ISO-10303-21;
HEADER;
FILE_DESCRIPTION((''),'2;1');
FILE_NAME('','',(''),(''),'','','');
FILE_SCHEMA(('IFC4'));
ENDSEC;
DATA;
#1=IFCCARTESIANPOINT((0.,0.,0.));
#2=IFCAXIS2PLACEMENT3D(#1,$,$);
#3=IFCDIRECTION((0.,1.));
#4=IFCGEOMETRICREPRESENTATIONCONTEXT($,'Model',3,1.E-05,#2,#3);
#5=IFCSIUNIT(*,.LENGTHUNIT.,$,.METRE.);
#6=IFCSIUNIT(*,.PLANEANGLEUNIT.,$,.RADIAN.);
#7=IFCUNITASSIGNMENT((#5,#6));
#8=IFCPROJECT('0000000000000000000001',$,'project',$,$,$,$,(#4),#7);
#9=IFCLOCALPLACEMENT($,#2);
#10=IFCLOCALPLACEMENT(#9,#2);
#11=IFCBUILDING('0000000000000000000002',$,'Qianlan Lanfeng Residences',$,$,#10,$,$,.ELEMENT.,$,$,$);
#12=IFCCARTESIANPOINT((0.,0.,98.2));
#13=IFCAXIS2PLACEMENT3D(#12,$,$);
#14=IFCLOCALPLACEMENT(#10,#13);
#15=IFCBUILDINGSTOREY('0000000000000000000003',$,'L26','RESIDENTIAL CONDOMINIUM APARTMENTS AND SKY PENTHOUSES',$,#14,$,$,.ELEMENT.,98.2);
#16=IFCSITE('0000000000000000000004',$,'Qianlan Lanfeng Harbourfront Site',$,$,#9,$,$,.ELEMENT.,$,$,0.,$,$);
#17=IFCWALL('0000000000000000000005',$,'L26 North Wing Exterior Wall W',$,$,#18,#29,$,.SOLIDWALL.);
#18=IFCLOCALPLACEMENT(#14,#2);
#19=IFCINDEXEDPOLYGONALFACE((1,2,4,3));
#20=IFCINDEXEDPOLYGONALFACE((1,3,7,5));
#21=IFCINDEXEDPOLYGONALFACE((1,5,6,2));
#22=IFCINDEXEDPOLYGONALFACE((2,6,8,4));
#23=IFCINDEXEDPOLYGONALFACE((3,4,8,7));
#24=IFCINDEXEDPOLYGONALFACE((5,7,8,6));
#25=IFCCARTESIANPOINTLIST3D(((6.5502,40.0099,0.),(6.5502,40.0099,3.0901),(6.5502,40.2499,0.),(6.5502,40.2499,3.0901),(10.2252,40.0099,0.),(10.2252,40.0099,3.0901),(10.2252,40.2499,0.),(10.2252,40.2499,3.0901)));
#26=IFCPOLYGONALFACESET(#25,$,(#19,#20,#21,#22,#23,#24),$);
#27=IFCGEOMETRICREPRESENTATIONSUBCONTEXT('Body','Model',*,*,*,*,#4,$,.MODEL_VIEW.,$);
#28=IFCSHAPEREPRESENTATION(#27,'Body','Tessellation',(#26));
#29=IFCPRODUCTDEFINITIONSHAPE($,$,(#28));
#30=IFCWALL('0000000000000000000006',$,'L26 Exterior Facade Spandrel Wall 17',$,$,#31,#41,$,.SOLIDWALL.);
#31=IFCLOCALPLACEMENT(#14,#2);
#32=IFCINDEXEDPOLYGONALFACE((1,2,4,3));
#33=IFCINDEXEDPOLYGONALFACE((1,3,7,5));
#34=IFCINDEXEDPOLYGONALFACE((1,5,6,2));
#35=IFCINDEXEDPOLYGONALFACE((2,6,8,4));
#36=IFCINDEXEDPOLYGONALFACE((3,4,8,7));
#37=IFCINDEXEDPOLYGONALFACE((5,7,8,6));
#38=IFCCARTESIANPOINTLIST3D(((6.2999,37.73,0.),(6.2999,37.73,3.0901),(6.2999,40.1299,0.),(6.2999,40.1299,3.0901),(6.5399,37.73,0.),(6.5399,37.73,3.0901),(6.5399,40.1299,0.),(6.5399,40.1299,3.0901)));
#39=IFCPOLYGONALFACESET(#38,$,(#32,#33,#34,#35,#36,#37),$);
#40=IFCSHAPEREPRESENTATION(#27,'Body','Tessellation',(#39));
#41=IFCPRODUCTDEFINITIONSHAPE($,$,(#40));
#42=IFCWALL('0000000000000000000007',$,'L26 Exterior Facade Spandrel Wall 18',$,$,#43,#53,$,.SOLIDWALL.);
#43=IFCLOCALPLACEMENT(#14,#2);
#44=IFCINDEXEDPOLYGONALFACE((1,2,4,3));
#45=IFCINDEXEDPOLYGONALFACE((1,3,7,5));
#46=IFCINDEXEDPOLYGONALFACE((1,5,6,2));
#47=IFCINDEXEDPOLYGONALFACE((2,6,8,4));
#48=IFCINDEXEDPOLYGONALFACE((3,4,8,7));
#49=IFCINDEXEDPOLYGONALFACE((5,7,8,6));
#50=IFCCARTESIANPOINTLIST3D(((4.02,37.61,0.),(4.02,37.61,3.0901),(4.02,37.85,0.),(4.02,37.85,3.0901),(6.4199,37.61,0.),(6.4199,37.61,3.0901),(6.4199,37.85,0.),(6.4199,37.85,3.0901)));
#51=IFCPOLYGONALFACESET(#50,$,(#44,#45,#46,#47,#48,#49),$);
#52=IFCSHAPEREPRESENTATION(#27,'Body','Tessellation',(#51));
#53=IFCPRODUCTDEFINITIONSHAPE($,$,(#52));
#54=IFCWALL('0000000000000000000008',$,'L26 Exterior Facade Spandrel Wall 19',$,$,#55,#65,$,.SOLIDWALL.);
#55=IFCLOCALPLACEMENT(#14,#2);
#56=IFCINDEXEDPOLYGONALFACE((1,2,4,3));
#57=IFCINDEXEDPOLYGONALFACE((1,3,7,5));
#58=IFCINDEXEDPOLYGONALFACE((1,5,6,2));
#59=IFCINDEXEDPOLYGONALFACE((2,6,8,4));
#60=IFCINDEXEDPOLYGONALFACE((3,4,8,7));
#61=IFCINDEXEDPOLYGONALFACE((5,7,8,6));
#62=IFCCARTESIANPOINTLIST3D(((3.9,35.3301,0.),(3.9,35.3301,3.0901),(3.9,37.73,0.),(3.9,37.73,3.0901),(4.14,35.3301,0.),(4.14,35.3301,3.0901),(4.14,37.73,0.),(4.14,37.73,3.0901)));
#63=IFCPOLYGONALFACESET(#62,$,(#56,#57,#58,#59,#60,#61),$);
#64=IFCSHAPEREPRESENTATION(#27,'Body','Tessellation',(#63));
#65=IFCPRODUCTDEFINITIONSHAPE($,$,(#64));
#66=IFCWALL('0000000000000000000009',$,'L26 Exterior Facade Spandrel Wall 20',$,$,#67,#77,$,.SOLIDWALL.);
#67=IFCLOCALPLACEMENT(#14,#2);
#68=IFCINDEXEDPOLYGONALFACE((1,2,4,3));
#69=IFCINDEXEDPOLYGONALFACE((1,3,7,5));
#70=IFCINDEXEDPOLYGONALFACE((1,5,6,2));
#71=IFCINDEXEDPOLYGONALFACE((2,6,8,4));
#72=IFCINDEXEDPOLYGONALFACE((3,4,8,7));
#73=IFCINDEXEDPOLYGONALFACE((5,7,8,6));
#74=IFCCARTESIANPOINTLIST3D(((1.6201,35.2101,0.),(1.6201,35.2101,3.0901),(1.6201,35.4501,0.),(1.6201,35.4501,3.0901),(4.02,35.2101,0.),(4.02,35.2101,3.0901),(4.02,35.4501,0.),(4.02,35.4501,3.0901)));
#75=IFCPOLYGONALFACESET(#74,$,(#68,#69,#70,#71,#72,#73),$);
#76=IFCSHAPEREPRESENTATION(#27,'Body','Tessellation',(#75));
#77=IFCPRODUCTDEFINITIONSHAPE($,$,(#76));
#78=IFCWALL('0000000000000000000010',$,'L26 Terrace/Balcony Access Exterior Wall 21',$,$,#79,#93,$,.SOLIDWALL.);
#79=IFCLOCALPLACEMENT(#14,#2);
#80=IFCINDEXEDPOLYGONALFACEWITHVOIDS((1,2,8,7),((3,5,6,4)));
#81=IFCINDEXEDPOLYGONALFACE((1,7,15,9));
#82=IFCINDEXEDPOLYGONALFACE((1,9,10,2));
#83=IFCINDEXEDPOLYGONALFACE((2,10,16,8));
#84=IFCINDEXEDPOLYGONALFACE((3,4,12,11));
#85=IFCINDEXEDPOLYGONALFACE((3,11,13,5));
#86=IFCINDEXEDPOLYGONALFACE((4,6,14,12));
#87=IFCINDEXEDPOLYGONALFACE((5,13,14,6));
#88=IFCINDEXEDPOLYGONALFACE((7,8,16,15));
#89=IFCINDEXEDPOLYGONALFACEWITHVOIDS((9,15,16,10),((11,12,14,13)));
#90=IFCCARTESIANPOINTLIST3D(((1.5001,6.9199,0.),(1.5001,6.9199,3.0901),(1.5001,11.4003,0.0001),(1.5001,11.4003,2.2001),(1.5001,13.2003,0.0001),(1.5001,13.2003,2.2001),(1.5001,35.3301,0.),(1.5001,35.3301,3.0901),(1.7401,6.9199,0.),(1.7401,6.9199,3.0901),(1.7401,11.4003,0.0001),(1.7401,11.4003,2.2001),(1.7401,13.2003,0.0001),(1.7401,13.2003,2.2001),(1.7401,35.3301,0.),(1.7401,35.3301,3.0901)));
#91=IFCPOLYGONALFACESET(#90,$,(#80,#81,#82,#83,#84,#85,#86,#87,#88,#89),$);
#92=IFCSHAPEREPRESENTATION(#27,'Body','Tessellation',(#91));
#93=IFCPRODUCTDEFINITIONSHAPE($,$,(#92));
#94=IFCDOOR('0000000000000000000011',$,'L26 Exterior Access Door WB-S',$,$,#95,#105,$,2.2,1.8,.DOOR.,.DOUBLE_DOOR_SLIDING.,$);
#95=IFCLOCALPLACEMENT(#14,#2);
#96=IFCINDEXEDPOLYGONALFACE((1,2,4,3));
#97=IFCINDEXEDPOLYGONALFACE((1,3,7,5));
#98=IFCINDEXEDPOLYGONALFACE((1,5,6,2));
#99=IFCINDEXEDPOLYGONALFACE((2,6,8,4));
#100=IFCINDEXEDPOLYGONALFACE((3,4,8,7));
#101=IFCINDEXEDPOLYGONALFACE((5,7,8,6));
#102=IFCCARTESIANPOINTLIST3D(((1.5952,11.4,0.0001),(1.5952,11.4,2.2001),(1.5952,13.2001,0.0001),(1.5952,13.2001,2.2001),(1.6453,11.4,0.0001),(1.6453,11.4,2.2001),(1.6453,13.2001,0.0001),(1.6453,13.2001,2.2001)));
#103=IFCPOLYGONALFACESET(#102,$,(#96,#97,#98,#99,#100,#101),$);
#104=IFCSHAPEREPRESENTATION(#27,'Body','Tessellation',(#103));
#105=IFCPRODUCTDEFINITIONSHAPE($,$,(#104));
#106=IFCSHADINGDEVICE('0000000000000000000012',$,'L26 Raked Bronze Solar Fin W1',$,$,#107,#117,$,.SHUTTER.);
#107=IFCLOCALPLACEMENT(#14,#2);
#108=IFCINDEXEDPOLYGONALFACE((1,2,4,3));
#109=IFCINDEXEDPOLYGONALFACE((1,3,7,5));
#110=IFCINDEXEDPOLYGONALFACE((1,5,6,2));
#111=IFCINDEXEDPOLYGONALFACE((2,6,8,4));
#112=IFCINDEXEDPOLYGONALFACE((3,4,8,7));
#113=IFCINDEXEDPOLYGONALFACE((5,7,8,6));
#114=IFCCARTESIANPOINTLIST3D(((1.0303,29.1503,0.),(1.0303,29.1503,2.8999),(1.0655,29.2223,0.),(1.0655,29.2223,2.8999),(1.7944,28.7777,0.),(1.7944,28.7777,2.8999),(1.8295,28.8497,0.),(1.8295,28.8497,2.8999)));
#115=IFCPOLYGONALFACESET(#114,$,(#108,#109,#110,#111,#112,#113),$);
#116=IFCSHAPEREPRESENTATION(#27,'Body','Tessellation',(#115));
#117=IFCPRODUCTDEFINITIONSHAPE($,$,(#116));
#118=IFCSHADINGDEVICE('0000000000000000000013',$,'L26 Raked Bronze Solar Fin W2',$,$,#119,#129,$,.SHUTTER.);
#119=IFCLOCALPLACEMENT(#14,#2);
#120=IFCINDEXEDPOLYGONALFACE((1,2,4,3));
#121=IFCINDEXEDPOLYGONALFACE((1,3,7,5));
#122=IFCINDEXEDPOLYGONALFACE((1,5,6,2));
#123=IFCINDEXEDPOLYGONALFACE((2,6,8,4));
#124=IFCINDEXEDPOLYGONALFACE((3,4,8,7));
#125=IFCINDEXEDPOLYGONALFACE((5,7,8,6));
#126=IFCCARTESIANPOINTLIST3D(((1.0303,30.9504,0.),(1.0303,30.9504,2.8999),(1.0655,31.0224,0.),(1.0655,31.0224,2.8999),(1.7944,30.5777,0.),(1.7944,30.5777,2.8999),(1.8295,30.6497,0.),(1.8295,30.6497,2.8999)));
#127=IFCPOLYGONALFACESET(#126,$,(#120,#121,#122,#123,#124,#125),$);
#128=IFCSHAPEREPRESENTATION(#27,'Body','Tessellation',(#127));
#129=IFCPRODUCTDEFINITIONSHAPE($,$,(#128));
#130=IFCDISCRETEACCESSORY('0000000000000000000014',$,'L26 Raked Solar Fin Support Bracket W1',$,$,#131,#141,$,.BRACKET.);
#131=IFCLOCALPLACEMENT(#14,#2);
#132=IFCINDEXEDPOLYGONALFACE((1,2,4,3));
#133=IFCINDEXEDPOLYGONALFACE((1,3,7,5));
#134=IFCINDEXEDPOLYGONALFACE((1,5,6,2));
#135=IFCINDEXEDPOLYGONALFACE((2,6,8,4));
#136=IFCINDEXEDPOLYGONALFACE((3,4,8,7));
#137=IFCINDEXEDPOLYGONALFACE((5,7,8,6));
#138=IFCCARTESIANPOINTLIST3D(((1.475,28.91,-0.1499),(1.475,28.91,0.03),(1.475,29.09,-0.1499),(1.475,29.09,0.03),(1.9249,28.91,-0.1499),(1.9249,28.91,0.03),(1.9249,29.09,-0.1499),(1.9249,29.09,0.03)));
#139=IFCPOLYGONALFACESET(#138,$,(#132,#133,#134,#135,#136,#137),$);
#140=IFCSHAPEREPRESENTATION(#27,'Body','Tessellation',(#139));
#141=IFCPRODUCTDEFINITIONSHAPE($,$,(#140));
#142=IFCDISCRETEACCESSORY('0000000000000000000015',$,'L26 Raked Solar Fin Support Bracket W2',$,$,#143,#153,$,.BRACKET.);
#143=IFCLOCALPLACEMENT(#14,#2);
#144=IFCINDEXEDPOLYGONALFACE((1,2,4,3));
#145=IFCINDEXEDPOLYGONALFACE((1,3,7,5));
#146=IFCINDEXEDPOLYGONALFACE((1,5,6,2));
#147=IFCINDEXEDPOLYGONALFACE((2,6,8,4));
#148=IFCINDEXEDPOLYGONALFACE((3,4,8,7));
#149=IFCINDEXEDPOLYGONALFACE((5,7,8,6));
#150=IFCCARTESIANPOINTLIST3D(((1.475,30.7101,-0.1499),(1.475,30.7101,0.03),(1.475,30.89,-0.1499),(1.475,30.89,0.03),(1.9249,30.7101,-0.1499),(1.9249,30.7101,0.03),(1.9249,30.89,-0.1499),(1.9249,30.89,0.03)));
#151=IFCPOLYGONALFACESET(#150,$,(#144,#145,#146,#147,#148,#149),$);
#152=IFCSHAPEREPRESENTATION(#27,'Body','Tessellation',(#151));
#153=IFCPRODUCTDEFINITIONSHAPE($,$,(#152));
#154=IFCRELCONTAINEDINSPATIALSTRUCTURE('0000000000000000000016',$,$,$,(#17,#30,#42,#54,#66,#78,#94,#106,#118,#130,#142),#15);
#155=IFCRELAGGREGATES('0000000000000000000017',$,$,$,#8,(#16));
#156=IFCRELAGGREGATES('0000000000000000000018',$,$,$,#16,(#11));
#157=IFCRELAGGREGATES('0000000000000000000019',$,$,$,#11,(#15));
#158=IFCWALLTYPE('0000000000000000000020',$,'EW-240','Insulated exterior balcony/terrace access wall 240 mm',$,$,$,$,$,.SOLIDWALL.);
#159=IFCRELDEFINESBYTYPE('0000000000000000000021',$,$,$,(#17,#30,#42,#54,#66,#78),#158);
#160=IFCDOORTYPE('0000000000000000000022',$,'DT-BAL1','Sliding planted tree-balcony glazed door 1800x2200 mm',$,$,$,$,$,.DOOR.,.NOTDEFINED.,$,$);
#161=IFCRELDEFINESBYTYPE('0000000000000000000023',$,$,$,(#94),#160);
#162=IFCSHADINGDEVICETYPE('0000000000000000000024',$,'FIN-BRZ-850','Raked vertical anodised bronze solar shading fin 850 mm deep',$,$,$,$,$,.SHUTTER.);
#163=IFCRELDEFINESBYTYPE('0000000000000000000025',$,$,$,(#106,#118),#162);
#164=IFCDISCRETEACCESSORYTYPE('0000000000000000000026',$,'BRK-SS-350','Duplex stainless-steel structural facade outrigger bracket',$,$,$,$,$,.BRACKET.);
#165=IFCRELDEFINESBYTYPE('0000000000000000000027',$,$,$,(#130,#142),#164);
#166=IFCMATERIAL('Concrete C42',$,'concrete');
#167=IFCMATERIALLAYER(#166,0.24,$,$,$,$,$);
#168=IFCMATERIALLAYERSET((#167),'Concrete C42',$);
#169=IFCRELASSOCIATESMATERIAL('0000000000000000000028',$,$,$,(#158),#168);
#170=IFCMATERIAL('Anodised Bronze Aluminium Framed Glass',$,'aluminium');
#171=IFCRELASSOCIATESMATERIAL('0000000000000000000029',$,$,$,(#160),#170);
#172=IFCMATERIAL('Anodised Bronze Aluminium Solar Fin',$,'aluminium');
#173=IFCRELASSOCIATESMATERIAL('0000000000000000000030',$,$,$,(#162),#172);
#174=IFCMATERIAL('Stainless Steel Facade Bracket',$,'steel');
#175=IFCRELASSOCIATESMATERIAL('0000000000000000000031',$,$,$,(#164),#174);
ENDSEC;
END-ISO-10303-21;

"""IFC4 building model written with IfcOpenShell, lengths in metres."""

from ifc_helpers import new_model, si_unit, direction, frame, frame_2d, origin, origin_2d, place, context, subcontext, project, spatial, rectangle, extrude, source, transform, mapped, material, layer, layer_set, type_object, element, fill, save


model = new_model("IFC4")

# Units and contexts
model_context = context("Model", 3, precision=1e-05, world=origin(), true_north=direction((0.0, 1.0)))
body_context = subcontext(model_context, "Body", "Model", "MODEL_VIEW")
ifc_project = project(units=[si_unit("LENGTHUNIT", "METRE"), si_unit("PLANEANGLEUNIT", "RADIAN")], contexts=[model_context])

# Site, building, storey
site_placement = place(None, origin())
site = spatial("IfcSite", under=ifc_project, at=site_placement, Name="Qianlan Lanfeng Harbourfront Site", CompositionType="ELEMENT", RefElevation=0.0)
building_placement = place(site_placement, origin())
building = spatial("IfcBuilding", under=site, at=building_placement, Name="Qianlan Lanfeng Residences", CompositionType="ELEMENT")
storey_placement = place(building_placement, frame((0.0, 0.0, 98.2)))
storey = spatial("IfcBuildingStorey", under=building, at=storey_placement, Name="L26", Description="RESIDENTIAL CONDOMINIUM APARTMENTS AND SKY PENTHOUSES", CompositionType="ELEMENT", Elevation=98.2)

# Walls
ifc_material_1 = material(Name="Concrete C42", Category="concrete")
ifc_layer_1 = layer(ifc_material_1, 0.24)
ifc_layer_set_1 = layer_set([ifc_layer_1], Name="Concrete C42")
wall_type_1 = type_object("IfcWallType", Name="EW-240", Description="Insulated exterior balcony/terrace access wall 240 mm", PredefinedType="SOLIDWALL", material=ifc_layer_set_1)
wall_1_placement = place(storey_placement, frame((10.2251, 40.1299, 0.0), z_axis=(0.0, 0.0, 1.0), x_axis=(-1.0, 0.0, 0.0)))
element("IfcWall", 1, at=wall_1_placement, inside=storey, type_object=wall_type_1, Name="L26 North Wing Exterior Wall W", PredefinedType="SOLIDWALL", context=body_context, shape_type="SweptSolid", body=[
    extrude(rectangle(XDim=3.675, YDim=0.24, at=frame_2d((1.8374, 0.0))), origin(), (0.0, 0.0, 1.0), 3.0901),
])
for number, where, z_axis, x_axis, name in (
    (2, (6.4199, 40.1299, 0.0), (0.0, 0.0, 1.0), (0.0, -1.0, 0.0), "L26 Exterior Facade Spandrel Wall 17"),
    (3, (6.4199, 37.73, 0.0), (0.0, 0.0, 1.0), (-1.0, 0.0, 0.0), "L26 Exterior Facade Spandrel Wall 18"),
    (4, (4.02, 37.73, 0.0), (0.0, 0.0, 1.0), (0.0, -1.0, 0.0), "L26 Exterior Facade Spandrel Wall 19"),
    (5, (4.02, 35.3301, 0.0), (0.0, 0.0, 1.0), (-1.0, 0.0, 0.0), "L26 Exterior Facade Spandrel Wall 20"),
):
    element("IfcWall", number, at=place(storey_placement, frame(where, z_axis=z_axis, x_axis=x_axis)), inside=storey, type_object=wall_type_1, Name=name, PredefinedType="SOLIDWALL", context=body_context, shape_type="SweptSolid", body=[
        extrude(rectangle(XDim=2.3999, YDim=0.24, at=frame_2d((1.2, 0.0))), origin(), (0.0, 0.0, 1.0), 3.0901),
    ])

# Wall, opening, door
wall_2_placement = place(storey_placement, frame((1.6201, 35.3301, 0.0), z_axis=(0.0, 0.0, 1.0), x_axis=(0.0, -1.0, 0.0)))
wall_2 = element("IfcWall", 6, at=wall_2_placement, inside=storey, type_object=wall_type_1, Name="L26 Terrace/Balcony Access Exterior Wall 21", PredefinedType="SOLIDWALL", context=body_context, shape_type="SweptSolid", body=[
    extrude(rectangle(XDim=28.4102, YDim=0.24, at=frame_2d((14.2051, 0.0))), origin(), (0.0, 0.0, 1.0), 3.0901),
])
opening_1_placement = place(wall_2_placement, frame((22.1299, 0.0, 0.0)))
opening_1 = element("IfcOpeningElement", 7, at=opening_1_placement, cuts=wall_2, PredefinedType="OPENING", context=body_context, shape_type="SweptSolid", body=[
    extrude(rectangle(XDim=1.8, YDim=2.2, at=frame_2d((0.8999, 1.1001))), frame((0.0, 0.1299, 0.0), z_axis=(0.0, -1.0, 0.0), x_axis=(1.0, 0.0, 0.0)), (0.0, 0.0, 1.0), 0.26),
])
ifc_material_2 = material(Name="Anodised Bronze Aluminium Framed Glass", Category="aluminium")
door_type_1 = type_object("IfcDoorType", Name="DT-BAL1", Description="Sliding planted tree-balcony glazed door 1800x2200 mm", OperationType="NOTDEFINED", PredefinedType="DOOR", material=ifc_material_2)
door_1_placement = place(opening_1_placement, frame((1.8, 0.0, 0.0), z_axis=(0.0, 0.0, 1.0), x_axis=(-1.0, 0.0, 0.0)))
door_1 = element("IfcDoor", 8, at=door_1_placement, inside=storey, type_object=door_type_1, Name="L26 Exterior Access Door WB-S", OperationType="DOUBLE_DOOR_SLIDING", OverallHeight=2.2, OverallWidth=1.8, PredefinedType="DOOR", context=body_context, shape_type="SweptSolid", body=[
    extrude(rectangle(XDim=1.8, YDim=2.2, at=frame_2d((0.8999, 1.1001))), frame((0.0, 0.0249, 0.0), z_axis=(0.0, -1.0, 0.0), x_axis=(1.0, 0.0, 0.0)), (0.0, 0.0, 1.0), 0.05),
])
fill(opening_1, door_1)

# Shading devices
ifc_material_3 = material(Name="Anodised Bronze Aluminium Solar Fin", Category="aluminium")
shading_device_type = type_object("IfcShadingDeviceType", Name="FIN-BRZ-850", Description="Raked vertical anodised bronze solar shading fin 850 mm deep", PredefinedType="SHUTTER", material=ifc_material_3)
shared_shape_1 = source(origin(), body_context, "Body", "SweptSolid", [
    extrude(rectangle(XDim=0.8501, YDim=0.0801, at=origin_2d()), origin(), (0.0, 0.0, 1.0), 2.8999),
])
for number, where, z_axis, x_axis, name in (
    (9, (1.4299, 29.0, 0.0), (0.0, 0.0, 1.0), (0.898794, -0.438371, 0.0), "L26 Raked Bronze Solar Fin W1"),
    (10, (1.4299, 30.8, 0.0), (0.0, 0.0, 1.0), (0.898794, -0.438371, 0.0), "L26 Raked Bronze Solar Fin W2"),
):
    element("IfcShadingDevice", number, at=place(storey_placement, frame(where, z_axis=z_axis, x_axis=x_axis)), inside=storey, type_object=shading_device_type, Name=name, PredefinedType="SHUTTER", context=body_context, shape_type="MappedRepresentation", body=[
        mapped(shared_shape_1, transform((0.0, 0.0, 0.0), scale=1.0)),
    ])

# Discrete accessories
ifc_material_4 = material(Name="Stainless Steel Facade Bracket", Category="steel")
discrete_accessory_type = type_object("IfcDiscreteAccessoryType", Name="BRK-SS-350", Description="Duplex stainless-steel structural facade outrigger bracket", PredefinedType="BRACKET", material=ifc_material_4)
shared_shape_2 = source(origin(), body_context, "Body", "SweptSolid", [
    extrude(rectangle(XDim=0.45, YDim=0.1799, at=origin_2d()), origin(), (0.0, 0.0, 1.0), 0.1799),
])
for number, where, z_axis, x_axis, name in (
    (11, (1.7, 29.0, -0.1499), (0.0, 0.0, 1.0), (1.0, 0.0, 0.0), "L26 Raked Solar Fin Support Bracket W1"),
    (12, (1.7, 30.8, -0.1499), (0.0, 0.0, 1.0), (1.0, 0.0, 0.0), "L26 Raked Solar Fin Support Bracket W2"),
):
    element("IfcDiscreteAccessory", number, at=place(storey_placement, frame(where, z_axis=z_axis, x_axis=x_axis)), inside=storey, type_object=discrete_accessory_type, Name=name, PredefinedType="BRACKET", context=body_context, shape_type="MappedRepresentation", body=[
        mapped(shared_shape_2, transform((0.0, 0.0, 0.0), scale=1.0)),
    ])

save(model, "model.ifc")
